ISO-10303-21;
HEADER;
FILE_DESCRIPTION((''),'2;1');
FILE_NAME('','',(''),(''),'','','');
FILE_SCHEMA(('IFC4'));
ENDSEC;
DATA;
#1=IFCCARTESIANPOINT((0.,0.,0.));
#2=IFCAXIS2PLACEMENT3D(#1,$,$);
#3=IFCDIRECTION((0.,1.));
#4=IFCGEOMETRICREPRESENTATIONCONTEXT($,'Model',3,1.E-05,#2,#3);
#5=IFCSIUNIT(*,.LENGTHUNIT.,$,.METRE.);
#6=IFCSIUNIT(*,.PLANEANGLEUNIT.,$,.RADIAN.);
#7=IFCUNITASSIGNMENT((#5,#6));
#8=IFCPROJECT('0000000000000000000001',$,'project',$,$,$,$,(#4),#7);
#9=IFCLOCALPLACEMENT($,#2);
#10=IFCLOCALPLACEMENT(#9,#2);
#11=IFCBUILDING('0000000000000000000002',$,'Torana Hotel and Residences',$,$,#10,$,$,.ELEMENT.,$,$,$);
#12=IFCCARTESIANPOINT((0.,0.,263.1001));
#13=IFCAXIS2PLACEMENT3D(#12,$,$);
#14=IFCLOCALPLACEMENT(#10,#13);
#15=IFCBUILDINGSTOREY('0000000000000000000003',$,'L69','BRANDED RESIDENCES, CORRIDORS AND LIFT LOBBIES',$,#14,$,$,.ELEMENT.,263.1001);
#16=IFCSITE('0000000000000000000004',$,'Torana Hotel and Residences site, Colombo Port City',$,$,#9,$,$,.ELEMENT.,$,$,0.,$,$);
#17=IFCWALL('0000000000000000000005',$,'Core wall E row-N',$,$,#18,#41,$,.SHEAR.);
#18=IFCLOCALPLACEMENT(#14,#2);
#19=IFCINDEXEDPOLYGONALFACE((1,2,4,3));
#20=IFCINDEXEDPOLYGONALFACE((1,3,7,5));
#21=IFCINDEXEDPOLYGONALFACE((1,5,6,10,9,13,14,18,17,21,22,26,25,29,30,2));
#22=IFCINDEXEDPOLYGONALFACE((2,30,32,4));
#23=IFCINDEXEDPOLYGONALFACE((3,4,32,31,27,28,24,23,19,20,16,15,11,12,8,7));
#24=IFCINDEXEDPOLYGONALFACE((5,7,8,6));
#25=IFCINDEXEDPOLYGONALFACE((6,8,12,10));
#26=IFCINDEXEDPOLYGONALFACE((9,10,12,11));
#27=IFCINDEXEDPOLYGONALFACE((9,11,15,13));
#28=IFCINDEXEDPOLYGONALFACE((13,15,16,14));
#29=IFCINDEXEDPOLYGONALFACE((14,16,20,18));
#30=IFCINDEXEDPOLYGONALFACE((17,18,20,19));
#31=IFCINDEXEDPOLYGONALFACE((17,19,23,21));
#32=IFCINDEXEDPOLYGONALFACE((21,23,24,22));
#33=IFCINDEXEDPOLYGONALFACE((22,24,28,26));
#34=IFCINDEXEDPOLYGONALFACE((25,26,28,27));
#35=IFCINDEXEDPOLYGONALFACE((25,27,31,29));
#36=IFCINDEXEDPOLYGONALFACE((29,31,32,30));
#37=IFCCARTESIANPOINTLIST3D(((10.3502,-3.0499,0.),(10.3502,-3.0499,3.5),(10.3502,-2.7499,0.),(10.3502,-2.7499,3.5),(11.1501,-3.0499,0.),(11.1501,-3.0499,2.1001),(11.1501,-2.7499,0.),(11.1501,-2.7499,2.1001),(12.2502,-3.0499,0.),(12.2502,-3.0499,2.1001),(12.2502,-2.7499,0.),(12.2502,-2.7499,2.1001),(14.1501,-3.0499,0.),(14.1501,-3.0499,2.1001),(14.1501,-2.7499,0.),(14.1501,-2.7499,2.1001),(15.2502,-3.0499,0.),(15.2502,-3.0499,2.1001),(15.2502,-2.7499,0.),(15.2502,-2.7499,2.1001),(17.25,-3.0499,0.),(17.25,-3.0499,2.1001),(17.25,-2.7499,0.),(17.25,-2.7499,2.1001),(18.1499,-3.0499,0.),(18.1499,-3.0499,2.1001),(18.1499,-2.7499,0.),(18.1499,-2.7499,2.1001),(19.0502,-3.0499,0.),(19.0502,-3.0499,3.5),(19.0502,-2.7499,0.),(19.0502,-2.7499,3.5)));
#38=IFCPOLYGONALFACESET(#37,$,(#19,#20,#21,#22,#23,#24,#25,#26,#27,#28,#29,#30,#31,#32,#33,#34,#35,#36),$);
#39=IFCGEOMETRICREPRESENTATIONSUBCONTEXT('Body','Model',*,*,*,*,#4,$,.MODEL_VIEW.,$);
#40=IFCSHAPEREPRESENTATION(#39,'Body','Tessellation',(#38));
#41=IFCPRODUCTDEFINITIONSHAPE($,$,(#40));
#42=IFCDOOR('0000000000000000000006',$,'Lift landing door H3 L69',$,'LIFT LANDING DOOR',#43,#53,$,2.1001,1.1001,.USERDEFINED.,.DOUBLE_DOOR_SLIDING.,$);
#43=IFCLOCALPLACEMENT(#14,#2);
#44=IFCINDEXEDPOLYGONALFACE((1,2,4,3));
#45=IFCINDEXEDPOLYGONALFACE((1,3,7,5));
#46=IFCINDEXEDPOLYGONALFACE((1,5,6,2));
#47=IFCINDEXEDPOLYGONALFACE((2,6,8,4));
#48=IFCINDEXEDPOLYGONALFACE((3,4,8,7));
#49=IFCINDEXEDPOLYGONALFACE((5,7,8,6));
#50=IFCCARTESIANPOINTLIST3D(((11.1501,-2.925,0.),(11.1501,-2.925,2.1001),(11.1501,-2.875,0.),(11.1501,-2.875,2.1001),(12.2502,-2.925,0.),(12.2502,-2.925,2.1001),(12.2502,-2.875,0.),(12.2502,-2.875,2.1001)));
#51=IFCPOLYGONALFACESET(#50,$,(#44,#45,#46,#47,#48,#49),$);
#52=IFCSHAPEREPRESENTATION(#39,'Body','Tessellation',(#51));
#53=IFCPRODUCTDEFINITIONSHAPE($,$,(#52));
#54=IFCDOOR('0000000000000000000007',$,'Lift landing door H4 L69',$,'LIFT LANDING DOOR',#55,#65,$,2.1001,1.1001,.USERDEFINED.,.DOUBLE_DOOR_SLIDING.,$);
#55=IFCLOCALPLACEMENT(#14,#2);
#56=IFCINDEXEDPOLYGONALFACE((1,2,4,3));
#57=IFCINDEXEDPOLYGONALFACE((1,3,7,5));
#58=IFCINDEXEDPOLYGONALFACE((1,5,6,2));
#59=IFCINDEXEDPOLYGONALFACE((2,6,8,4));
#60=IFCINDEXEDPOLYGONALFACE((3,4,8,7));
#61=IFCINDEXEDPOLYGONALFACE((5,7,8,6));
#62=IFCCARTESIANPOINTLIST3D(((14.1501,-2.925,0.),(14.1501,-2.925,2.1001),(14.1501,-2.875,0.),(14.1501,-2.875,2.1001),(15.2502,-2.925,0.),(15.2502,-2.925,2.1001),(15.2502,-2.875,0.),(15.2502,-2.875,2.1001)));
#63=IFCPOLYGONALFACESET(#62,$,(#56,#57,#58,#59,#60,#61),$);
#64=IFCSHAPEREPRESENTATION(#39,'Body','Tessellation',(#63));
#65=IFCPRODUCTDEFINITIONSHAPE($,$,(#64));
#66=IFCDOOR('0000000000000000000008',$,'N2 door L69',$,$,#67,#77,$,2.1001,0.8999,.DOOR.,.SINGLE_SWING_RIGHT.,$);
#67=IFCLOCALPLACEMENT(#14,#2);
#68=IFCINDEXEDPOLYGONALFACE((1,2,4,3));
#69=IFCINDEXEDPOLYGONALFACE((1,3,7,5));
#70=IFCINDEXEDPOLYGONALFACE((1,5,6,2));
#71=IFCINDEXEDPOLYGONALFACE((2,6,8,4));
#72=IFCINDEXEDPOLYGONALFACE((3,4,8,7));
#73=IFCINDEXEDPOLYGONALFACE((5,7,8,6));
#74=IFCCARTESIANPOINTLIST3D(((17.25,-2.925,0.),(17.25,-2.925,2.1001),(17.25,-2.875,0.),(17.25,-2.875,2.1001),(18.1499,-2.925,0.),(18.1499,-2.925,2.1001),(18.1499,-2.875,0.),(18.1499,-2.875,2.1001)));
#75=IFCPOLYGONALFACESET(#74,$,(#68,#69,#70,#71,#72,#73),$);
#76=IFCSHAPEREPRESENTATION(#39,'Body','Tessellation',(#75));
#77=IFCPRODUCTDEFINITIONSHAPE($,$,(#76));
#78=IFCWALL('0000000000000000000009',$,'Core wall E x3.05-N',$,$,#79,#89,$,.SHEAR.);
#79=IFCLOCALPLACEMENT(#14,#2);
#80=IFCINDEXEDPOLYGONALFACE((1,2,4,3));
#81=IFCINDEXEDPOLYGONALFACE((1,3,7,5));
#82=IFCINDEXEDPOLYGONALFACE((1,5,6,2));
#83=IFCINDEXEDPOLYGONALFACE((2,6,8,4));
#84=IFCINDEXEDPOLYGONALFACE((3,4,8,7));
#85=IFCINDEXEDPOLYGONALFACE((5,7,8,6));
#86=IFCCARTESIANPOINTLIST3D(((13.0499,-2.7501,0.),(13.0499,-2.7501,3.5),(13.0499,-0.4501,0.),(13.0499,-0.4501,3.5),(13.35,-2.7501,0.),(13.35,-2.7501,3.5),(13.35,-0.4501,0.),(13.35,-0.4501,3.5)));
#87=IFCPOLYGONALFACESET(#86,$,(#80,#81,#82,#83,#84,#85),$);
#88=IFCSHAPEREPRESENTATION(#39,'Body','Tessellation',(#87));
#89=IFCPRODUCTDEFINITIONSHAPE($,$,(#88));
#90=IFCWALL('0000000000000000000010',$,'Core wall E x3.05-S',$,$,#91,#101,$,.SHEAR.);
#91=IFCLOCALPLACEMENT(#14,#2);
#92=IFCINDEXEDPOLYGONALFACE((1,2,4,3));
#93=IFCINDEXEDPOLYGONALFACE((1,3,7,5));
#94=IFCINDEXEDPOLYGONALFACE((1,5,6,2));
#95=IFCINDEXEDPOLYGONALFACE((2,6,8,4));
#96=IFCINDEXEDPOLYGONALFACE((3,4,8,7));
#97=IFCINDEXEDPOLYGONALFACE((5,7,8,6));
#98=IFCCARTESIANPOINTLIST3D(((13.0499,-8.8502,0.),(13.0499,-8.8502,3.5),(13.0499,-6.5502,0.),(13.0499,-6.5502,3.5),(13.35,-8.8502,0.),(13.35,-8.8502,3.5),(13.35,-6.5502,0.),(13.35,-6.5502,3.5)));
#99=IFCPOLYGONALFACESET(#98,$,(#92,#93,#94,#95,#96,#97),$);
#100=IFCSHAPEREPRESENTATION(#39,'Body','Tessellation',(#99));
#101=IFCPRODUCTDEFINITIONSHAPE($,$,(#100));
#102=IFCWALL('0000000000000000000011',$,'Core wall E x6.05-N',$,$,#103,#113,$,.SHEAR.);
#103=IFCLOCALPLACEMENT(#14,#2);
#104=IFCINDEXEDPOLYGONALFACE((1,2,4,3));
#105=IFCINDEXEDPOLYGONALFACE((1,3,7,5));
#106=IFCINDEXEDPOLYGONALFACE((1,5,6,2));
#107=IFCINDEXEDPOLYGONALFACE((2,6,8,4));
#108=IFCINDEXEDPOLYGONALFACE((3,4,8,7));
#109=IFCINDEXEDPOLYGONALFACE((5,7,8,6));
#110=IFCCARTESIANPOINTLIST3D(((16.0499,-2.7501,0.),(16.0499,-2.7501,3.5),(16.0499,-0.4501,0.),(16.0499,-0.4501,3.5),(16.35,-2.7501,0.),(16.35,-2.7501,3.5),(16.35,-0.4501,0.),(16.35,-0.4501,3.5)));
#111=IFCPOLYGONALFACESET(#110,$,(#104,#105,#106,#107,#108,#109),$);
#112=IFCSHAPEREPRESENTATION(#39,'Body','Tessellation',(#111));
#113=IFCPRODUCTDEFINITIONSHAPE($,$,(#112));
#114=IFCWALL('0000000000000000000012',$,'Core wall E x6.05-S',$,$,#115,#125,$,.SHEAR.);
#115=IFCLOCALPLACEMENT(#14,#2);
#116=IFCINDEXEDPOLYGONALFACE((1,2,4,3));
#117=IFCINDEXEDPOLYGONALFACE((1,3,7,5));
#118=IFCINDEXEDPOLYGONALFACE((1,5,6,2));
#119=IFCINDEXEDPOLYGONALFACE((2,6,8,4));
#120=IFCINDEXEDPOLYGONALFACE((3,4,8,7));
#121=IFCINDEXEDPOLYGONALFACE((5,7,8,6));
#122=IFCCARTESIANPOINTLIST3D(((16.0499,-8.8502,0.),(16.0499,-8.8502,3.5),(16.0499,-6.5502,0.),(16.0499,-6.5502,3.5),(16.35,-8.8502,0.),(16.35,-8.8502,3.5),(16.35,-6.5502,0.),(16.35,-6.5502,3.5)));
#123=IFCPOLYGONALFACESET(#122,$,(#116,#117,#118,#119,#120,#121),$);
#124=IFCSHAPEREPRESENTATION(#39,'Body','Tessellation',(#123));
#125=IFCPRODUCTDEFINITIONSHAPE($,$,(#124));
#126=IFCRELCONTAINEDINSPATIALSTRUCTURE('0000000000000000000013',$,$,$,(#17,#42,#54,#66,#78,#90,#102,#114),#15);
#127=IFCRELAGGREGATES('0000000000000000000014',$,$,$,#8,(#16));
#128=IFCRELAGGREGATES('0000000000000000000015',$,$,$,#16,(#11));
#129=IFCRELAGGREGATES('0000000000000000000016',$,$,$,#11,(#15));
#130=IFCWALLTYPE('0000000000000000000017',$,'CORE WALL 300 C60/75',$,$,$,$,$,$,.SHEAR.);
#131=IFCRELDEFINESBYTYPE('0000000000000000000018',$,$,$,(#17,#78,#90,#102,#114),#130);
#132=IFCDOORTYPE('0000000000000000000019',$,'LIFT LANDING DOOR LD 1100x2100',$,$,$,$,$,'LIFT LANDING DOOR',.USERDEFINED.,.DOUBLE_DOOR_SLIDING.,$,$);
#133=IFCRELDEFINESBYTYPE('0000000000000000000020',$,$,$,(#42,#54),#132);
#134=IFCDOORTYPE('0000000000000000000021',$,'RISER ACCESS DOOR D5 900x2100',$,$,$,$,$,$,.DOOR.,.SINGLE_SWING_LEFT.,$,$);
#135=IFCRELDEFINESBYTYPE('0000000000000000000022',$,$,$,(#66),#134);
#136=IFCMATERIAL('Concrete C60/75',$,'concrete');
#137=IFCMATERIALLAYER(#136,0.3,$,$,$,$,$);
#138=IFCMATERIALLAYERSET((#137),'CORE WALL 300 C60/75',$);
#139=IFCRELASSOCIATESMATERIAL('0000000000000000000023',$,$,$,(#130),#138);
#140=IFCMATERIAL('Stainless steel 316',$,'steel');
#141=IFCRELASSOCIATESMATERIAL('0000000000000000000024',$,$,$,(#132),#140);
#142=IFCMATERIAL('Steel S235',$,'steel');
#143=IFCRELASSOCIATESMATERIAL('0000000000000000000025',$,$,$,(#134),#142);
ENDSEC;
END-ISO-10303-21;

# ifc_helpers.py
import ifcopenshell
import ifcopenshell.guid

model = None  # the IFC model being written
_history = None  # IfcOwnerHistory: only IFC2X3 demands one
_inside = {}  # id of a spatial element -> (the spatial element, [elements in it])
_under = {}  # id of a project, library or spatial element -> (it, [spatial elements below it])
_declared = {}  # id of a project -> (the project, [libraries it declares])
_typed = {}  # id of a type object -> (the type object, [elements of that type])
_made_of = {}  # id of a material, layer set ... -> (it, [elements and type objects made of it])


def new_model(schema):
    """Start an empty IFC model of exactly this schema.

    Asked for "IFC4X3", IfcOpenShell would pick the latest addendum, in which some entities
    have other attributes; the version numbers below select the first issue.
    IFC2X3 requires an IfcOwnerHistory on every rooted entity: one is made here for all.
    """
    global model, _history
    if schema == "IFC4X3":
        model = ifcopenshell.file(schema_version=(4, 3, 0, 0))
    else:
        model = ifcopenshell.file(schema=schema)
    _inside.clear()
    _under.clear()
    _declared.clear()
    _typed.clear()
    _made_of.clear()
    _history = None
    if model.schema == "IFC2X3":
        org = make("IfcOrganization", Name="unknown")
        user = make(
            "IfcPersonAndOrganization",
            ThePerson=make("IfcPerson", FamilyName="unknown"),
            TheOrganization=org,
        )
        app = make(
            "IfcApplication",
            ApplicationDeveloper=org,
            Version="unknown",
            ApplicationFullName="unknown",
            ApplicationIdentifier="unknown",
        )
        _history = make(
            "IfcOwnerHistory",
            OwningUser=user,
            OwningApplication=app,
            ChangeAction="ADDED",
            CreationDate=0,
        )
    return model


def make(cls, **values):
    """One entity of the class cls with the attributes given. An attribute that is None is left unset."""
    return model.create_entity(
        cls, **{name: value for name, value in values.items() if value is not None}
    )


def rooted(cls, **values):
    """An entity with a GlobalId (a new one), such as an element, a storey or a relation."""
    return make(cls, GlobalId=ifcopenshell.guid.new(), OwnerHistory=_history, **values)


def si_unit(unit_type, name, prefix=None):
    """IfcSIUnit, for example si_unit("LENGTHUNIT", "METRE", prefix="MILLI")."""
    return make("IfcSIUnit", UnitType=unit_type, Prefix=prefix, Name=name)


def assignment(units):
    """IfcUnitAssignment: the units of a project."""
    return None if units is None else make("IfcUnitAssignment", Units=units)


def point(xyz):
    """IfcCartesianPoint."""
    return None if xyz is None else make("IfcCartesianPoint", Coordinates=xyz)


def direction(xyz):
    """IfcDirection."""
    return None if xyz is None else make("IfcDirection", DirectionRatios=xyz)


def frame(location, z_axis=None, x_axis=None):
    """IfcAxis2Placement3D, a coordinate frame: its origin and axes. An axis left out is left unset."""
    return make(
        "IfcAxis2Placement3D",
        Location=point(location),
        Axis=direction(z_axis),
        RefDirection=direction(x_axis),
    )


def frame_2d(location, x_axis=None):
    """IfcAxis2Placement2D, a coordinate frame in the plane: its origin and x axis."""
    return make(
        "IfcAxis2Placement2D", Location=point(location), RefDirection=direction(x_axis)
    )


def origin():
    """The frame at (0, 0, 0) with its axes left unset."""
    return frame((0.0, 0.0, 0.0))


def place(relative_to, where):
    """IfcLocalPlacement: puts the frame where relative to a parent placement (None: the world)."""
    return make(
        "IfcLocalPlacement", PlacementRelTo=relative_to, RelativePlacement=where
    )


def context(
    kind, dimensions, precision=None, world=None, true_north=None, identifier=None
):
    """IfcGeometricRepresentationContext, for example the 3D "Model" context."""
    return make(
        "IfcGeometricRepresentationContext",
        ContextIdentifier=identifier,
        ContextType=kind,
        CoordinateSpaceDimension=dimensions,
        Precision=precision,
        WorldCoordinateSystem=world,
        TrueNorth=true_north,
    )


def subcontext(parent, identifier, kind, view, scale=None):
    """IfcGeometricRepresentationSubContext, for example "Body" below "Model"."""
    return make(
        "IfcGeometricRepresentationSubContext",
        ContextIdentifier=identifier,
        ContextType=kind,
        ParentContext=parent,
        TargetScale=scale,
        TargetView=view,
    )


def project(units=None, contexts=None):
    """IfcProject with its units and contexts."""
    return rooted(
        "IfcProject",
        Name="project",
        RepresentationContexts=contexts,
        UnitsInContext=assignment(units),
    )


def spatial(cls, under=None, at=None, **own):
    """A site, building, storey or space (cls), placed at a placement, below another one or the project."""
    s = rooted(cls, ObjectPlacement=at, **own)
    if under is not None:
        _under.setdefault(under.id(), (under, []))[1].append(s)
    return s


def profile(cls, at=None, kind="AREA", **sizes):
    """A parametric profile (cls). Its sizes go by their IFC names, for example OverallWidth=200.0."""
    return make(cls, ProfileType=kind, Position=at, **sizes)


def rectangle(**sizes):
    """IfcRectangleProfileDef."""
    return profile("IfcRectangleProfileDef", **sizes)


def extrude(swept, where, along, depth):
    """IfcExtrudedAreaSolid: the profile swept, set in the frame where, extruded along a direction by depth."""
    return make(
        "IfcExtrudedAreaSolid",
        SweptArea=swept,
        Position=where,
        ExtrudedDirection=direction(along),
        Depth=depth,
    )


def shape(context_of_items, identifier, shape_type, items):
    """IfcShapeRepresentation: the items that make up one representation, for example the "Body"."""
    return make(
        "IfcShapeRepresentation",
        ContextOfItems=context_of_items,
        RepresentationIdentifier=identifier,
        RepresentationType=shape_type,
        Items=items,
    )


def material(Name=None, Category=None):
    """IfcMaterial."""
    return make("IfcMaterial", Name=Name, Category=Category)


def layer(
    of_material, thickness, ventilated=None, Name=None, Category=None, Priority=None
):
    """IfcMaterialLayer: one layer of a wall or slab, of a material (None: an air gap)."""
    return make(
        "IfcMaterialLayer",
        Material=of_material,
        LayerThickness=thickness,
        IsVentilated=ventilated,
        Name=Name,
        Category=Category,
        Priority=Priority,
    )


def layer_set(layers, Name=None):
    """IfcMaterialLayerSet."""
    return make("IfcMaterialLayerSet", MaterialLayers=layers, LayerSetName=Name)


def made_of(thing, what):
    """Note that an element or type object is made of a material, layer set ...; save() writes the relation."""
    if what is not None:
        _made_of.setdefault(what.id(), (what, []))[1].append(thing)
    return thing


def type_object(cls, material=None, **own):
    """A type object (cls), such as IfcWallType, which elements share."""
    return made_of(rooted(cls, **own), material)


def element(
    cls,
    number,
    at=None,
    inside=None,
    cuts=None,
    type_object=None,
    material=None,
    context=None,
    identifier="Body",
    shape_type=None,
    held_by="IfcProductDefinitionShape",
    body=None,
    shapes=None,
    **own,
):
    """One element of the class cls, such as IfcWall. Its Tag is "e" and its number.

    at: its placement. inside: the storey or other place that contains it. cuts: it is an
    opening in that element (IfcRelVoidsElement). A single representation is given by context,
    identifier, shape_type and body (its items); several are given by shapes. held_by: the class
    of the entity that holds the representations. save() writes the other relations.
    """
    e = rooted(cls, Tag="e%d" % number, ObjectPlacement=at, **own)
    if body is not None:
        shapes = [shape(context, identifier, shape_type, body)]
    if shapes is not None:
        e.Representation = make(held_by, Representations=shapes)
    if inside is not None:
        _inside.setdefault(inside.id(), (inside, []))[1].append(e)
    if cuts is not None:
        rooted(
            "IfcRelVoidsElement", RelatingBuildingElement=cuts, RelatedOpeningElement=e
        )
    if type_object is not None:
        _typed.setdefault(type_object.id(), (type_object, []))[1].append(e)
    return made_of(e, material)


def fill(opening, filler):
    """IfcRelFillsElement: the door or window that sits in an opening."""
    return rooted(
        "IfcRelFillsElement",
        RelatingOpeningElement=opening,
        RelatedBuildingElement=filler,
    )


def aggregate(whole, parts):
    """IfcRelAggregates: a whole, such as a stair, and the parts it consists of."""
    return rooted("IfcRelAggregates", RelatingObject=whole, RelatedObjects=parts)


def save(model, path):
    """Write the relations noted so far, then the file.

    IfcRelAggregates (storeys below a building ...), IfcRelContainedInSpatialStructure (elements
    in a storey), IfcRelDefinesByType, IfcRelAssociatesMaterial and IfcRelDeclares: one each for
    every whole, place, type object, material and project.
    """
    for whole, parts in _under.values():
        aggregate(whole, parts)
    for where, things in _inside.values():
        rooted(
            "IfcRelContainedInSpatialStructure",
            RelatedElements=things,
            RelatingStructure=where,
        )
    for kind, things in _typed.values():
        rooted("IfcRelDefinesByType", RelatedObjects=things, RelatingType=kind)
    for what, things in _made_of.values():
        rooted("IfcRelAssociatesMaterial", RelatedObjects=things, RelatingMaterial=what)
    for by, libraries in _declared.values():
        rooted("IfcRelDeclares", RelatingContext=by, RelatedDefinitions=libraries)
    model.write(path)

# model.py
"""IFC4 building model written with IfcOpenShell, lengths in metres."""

from ifc_helpers import new_model, si_unit, direction, frame, frame_2d, origin, place, context, subcontext, project, spatial, rectangle, extrude, material, layer, layer_set, type_object, element, fill, save


model = new_model("IFC4")

# Units and contexts
model_context = context("Model", 3, precision=1e-05, world=origin(), true_north=direction((0.0, 1.0)))
body_context = subcontext(model_context, "Body", "Model", "MODEL_VIEW")
ifc_project = project(units=[si_unit("LENGTHUNIT", "METRE"), si_unit("PLANEANGLEUNIT", "RADIAN")], contexts=[model_context])

# Site, building, storey
site_placement = place(None, origin())
site = spatial("IfcSite", under=ifc_project, at=site_placement, Name="Torana Hotel and Residences site, Colombo Port City", CompositionType="ELEMENT", RefElevation=0.0)
building_placement = place(site_placement, origin())
building = spatial("IfcBuilding", under=site, at=building_placement, Name="Torana Hotel and Residences", CompositionType="ELEMENT")
storey_placement = place(building_placement, frame((0.0, 0.0, 263.1001)))
storey = spatial("IfcBuildingStorey", under=building, at=storey_placement, Name="L69", Description="BRANDED RESIDENCES, CORRIDORS AND LIFT LOBBIES", CompositionType="ELEMENT", Elevation=263.1001)

# Wall, openings, doors
ifc_material_1 = material(Name="Concrete C60/75", Category="concrete")
ifc_layer_1 = layer(ifc_material_1, 0.3)
ifc_layer_set_1 = layer_set([ifc_layer_1], Name="CORE WALL 300 C60/75")
wall_type_1 = type_object("IfcWallType", Name="CORE WALL 300 C60/75", PredefinedType="SHEAR", material=ifc_layer_set_1)
wall_1_placement = place(storey_placement, frame((10.3501, -2.8999, 0.0), z_axis=(0.0, 0.0, 1.0), x_axis=(1.0, 0.0, 0.0)))
wall_1 = element("IfcWall", 1, at=wall_1_placement, inside=storey, type_object=wall_type_1, Name="Core wall E row-N", PredefinedType="SHEAR", context=body_context, shape_type="SweptSolid", body=[
    extrude(rectangle(XDim=8.7, YDim=0.3, at=frame_2d((4.3501, 0.0))), origin(), (0.0, 0.0, 1.0), 3.5),
])
opening_1_placement = place(wall_1_placement, frame((0.8, 0.0, 0.0)))
opening_1 = element("IfcOpeningElement", 2, at=opening_1_placement, cuts=wall_1, PredefinedType="OPENING", context=body_context, shape_type="SweptSolid", body=[
    extrude(rectangle(XDim=1.1001, YDim=2.1001, at=frame_2d((0.55, 1.05))), frame((0.0, 0.1599, 0.0), z_axis=(0.0, -1.0, 0.0), x_axis=(1.0, 0.0, 0.0)), (0.0, 0.0, 1.0), 0.3201),
])
opening_2_placement = place(wall_1_placement, frame((3.8, 0.0, 0.0)))
opening_2 = element("IfcOpeningElement", 3, at=opening_2_placement, cuts=wall_1, PredefinedType="OPENING", context=body_context, shape_type="SweptSolid", body=[
    extrude(rectangle(XDim=1.1001, YDim=2.1001, at=frame_2d((0.55, 1.05))), frame((0.0, 0.1599, 0.0), z_axis=(0.0, -1.0, 0.0), x_axis=(1.0, 0.0, 0.0)), (0.0, 0.0, 1.0), 0.3201),
])
opening_3_placement = place(wall_1_placement, frame((6.8999, 0.0, 0.0)))
opening_3 = element("IfcOpeningElement", 4, at=opening_3_placement, cuts=wall_1, PredefinedType="OPENING", context=body_context, shape_type="SweptSolid", body=[
    extrude(rectangle(XDim=0.8999, YDim=2.1001, at=frame_2d((0.45, 1.05))), frame((0.0, 0.1599, 0.0), z_axis=(0.0, -1.0, 0.0), x_axis=(1.0, 0.0, 0.0)), (0.0, 0.0, 1.0), 0.3201),
])
ifc_material_2 = material(Name="Stainless steel 316", Category="steel")
door_type_1 = type_object("IfcDoorType", Name="LIFT LANDING DOOR LD 1100x2100", ElementType="LIFT LANDING DOOR", OperationType="DOUBLE_DOOR_SLIDING", PredefinedType="USERDEFINED", material=ifc_material_2)
door_1_placement = place(opening_1_placement, origin())
door_1 = element("IfcDoor", 5, at=door_1_placement, inside=storey, type_object=door_type_1, Name="Lift landing door H3 L69", ObjectType="LIFT LANDING DOOR", OperationType="DOUBLE_DOOR_SLIDING", OverallHeight=2.1001, OverallWidth=1.1001, PredefinedType="USERDEFINED", context=body_context, shape_type="SweptSolid", body=[
    extrude(rectangle(XDim=1.1001, YDim=2.1001, at=frame_2d((0.55, 1.05))), frame((0.0, 0.0249, 0.0), z_axis=(0.0, -1.0, 0.0), x_axis=(1.0, 0.0, 0.0)), (0.0, 0.0, 1.0), 0.05),
])
fill(opening_1, door_1)
door_2_placement = place(opening_2_placement, origin())
door_2 = element("IfcDoor", 6, at=door_2_placement, inside=storey, type_object=door_type_1, Name="Lift landing door H4 L69", ObjectType="LIFT LANDING DOOR", OperationType="DOUBLE_DOOR_SLIDING", OverallHeight=2.1001, OverallWidth=1.1001, PredefinedType="USERDEFINED", context=body_context, shape_type="SweptSolid", body=[
    extrude(rectangle(XDim=1.1001, YDim=2.1001, at=frame_2d((0.55, 1.05))), frame((0.0, 0.0249, 0.0), z_axis=(0.0, -1.0, 0.0), x_axis=(1.0, 0.0, 0.0)), (0.0, 0.0, 1.0), 0.05),
])
fill(opening_2, door_2)
ifc_material_3 = material(Name="Steel S235", Category="steel")
door_type_2 = type_object("IfcDoorType", Name="RISER ACCESS DOOR D5 900x2100", OperationType="SINGLE_SWING_LEFT", PredefinedType="DOOR", material=ifc_material_3)
door_3_placement = place(opening_3_placement, origin())
door_3 = element("IfcDoor", 7, at=door_3_placement, inside=storey, type_object=door_type_2, Name="N2 door L69", OperationType="SINGLE_SWING_RIGHT", OverallHeight=2.1001, OverallWidth=0.8999, PredefinedType="DOOR", context=body_context, shape_type="SweptSolid", body=[
    extrude(rectangle(XDim=0.8999, YDim=2.1001, at=frame_2d((0.45, 1.05))), frame((0.0, 0.0249, 0.0), z_axis=(0.0, -1.0, 0.0), x_axis=(1.0, 0.0, 0.0)), (0.0, 0.0, 1.0), 0.05),
])
fill(opening_3, door_3)

# Walls
for number, where, z_axis, x_axis, name in (
    (8, (13.2, -2.75, 0.0), (0.0, 0.0, 1.0), (0.0, 1.0, 0.0), "Core wall E x3.05-N"),
    (9, (13.2, -8.8501, 0.0), (0.0, 0.0, 1.0), (0.0, 1.0, 0.0), "Core wall E x3.05-S"),
    (10, (16.2, -2.75, 0.0), (0.0, 0.0, 1.0), (0.0, 1.0, 0.0), "Core wall E x6.05-N"),
    (11, (16.2, -8.8501, 0.0), (0.0, 0.0, 1.0), (0.0, 1.0, 0.0), "Core wall E x6.05-S"),
):
    element("IfcWall", number, at=place(storey_placement, frame(where, z_axis=z_axis, x_axis=x_axis)), inside=storey, type_object=wall_type_1, Name=name, PredefinedType="SHEAR", context=body_context, shape_type="SweptSolid", body=[
        extrude(rectangle(XDim=2.3, YDim=0.3, at=frame_2d((1.1499, 0.0))), origin(), (0.0, 0.0, 1.0), 3.5),
    ])

save(model, "model.ifc")
